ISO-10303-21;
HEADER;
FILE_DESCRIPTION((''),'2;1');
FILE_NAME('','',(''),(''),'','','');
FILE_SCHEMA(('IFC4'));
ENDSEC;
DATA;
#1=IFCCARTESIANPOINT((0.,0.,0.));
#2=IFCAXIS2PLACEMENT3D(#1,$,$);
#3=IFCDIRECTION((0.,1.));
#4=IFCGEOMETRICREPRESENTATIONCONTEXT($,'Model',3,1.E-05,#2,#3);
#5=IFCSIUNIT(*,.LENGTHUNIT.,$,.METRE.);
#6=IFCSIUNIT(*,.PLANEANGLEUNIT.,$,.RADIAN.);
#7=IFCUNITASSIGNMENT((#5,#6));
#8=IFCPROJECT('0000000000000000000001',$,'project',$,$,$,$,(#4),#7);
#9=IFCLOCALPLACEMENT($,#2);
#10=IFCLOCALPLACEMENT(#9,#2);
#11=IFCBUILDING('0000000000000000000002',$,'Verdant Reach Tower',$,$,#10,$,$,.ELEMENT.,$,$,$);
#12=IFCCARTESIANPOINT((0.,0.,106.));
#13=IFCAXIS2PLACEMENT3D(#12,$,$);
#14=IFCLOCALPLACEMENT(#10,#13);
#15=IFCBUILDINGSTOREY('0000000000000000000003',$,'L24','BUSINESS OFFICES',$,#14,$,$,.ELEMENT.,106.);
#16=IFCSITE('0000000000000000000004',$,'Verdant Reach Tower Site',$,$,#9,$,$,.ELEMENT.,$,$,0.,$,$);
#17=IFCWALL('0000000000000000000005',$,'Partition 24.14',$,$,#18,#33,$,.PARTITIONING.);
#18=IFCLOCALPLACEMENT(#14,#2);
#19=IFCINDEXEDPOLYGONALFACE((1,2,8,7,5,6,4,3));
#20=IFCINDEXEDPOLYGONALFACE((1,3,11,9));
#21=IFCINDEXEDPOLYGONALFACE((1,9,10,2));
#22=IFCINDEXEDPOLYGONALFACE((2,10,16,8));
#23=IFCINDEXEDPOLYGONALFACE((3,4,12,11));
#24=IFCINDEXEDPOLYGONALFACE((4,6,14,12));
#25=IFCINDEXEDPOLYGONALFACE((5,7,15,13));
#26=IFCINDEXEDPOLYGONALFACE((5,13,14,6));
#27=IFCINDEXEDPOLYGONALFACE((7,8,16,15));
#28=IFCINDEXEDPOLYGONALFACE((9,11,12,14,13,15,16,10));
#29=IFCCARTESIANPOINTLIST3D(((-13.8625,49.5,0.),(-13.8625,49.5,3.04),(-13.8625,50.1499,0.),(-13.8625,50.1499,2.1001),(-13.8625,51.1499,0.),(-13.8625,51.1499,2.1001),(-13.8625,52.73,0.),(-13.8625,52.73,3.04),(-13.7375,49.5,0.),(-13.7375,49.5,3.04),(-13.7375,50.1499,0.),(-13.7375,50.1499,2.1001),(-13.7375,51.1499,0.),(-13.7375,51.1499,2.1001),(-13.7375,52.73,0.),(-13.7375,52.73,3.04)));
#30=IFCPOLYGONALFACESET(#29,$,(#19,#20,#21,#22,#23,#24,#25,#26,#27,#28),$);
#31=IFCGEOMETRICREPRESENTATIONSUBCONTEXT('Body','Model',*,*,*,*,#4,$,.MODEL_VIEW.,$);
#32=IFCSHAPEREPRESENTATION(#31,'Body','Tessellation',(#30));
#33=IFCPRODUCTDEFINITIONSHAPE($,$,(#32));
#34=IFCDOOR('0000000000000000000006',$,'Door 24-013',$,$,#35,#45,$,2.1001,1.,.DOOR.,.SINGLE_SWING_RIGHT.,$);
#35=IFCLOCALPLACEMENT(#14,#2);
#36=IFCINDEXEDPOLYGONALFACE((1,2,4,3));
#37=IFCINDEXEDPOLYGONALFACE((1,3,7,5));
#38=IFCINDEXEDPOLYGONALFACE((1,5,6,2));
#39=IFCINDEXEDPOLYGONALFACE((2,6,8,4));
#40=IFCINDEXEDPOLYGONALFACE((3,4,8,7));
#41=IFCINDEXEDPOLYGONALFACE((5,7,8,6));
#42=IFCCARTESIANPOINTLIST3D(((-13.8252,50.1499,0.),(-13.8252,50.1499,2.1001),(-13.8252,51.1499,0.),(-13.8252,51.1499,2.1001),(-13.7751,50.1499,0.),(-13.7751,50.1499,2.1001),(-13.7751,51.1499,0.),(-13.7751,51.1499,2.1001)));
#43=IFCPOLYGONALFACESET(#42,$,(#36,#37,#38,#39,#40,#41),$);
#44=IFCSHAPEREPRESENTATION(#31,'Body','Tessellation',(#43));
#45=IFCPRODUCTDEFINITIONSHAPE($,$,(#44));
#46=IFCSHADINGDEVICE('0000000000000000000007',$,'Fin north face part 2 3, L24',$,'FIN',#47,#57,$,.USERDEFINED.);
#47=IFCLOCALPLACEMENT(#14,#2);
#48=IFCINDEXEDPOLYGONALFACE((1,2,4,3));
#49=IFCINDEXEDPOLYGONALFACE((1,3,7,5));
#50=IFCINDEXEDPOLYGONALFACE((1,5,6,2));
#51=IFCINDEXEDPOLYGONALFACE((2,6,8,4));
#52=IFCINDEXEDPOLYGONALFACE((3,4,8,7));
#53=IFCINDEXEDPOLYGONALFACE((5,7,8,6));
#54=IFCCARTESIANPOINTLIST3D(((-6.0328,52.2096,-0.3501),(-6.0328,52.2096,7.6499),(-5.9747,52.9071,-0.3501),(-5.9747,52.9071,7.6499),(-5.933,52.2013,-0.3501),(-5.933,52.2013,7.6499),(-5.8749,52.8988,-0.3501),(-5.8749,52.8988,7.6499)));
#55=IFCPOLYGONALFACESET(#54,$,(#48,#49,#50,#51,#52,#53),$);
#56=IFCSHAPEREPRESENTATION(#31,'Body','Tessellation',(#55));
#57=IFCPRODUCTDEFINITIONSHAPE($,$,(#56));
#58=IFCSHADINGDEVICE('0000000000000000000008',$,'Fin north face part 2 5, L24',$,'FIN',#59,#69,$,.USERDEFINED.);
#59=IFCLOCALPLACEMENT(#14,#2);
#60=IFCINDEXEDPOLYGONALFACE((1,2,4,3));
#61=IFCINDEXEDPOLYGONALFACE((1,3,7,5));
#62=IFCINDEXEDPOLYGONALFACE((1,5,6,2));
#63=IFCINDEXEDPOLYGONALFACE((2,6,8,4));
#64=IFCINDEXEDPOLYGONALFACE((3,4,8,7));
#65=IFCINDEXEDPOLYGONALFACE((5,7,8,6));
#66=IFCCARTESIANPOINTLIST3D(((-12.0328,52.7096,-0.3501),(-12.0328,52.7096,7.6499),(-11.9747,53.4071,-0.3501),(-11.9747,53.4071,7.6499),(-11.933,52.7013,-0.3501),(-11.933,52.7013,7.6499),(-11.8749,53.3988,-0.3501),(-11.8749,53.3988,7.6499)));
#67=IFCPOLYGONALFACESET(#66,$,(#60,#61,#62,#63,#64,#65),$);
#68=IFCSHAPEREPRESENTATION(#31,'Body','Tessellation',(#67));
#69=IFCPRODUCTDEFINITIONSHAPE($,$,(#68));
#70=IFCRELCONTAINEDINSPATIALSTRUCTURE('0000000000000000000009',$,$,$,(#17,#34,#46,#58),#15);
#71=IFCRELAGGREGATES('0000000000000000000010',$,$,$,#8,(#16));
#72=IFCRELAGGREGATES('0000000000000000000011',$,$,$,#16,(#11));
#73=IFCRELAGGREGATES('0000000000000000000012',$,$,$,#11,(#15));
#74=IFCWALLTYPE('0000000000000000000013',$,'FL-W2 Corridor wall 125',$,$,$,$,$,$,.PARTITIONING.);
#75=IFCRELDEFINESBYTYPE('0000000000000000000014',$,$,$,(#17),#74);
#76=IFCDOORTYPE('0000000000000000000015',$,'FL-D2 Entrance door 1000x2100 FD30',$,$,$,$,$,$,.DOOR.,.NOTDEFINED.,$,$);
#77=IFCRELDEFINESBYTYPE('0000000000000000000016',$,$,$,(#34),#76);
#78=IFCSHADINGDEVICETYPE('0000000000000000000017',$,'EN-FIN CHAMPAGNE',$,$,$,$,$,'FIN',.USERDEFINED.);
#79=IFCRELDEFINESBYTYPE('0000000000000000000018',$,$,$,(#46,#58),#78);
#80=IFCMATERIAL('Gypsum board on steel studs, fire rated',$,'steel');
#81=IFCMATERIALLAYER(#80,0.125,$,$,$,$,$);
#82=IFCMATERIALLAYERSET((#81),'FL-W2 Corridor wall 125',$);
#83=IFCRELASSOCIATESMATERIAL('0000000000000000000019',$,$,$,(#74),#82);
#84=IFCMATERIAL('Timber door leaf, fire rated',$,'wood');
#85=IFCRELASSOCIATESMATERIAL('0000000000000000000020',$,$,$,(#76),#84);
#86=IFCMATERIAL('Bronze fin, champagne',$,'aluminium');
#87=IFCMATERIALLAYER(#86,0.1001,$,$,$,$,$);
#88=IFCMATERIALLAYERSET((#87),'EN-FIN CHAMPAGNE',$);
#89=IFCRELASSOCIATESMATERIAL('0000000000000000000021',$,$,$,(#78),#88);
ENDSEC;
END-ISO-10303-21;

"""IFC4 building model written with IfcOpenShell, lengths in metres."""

from ifc_helpers import new_model, si_unit, direction, frame, frame_2d, origin, origin_2d, place, context, subcontext, project, spatial, rectangle, extrude, material, layer, layer_set, type_object, element, fill, save


model = new_model("IFC4")

# Units and contexts
model_context = context("Model", 3, precision=1e-05, world=origin(), true_north=direction((0.0, 1.0)))
body_context = subcontext(model_context, "Body", "Model", "MODEL_VIEW")
ifc_project = project(units=[si_unit("LENGTHUNIT", "METRE"), si_unit("PLANEANGLEUNIT", "RADIAN")], contexts=[model_context])

# Site, building, storey
site_placement = place(None, origin())
site = spatial("IfcSite", under=ifc_project, at=site_placement, Name="Verdant Reach Tower Site", CompositionType="ELEMENT", RefElevation=0.0)
building_placement = place(site_placement, origin())
building = spatial("IfcBuilding", under=site, at=building_placement, Name="Verdant Reach Tower", CompositionType="ELEMENT")
storey_placement = place(building_placement, frame((0.0, 0.0, 106.0)))
storey = spatial("IfcBuildingStorey", under=building, at=storey_placement, Name="L24", Description="BUSINESS OFFICES", CompositionType="ELEMENT", Elevation=106.0)

# Wall, opening, door
ifc_material_1 = material(Name="Gypsum board on steel studs, fire rated", Category="steel")
ifc_layer_1 = layer(ifc_material_1, 0.125)
ifc_layer_set_1 = layer_set([ifc_layer_1], Name="FL-W2 Corridor wall 125")
wall_type_1 = type_object("IfcWallType", Name="FL-W2 Corridor wall 125", PredefinedType="PARTITIONING", material=ifc_layer_set_1)
wall_1_placement = place(storey_placement, frame((-13.8, 52.73, 0.0), z_axis=(0.0, 0.0, 1.0), x_axis=(0.0, -1.0, 0.0)))
wall_1 = element("IfcWall", 1, at=wall_1_placement, inside=storey, type_object=wall_type_1, Name="Partition 24.14", PredefinedType="PARTITIONING", context=body_context, shape_type="SweptSolid", body=[
    extrude(rectangle(XDim=3.23, YDim=0.125, at=frame_2d((1.615, 0.0))), origin(), (0.0, 0.0, 1.0), 3.04),
])
opening_1_placement = place(wall_1_placement, frame((1.5801, 0.0, 0.0)))
opening_1 = element("IfcOpeningElement", 2, at=opening_1_placement, cuts=wall_1, PredefinedType="OPENING", context=body_context, shape_type="SweptSolid", body=[
    extrude(rectangle(XDim=1.0, YDim=2.1001, at=frame_2d((0.5, 1.05))), frame((0.0, 0.0725, 0.0), z_axis=(0.0, -1.0, 0.0), x_axis=(1.0, 0.0, 0.0)), (0.0, 0.0, 1.0), 0.145),
])
ifc_material_2 = material(Name="Timber door leaf, fire rated", Category="wood")
door_type_1 = type_object("IfcDoorType", Name="FL-D2 Entrance door 1000x2100 FD30", OperationType="NOTDEFINED", PredefinedType="DOOR", material=ifc_material_2)
door_1_placement = place(opening_1_placement, origin())
door_1 = element("IfcDoor", 3, at=door_1_placement, inside=storey, type_object=door_type_1, Name="Door 24-013", OperationType="SINGLE_SWING_RIGHT", OverallHeight=2.1001, OverallWidth=1.0, PredefinedType="DOOR", context=body_context, shape_type="SweptSolid", body=[
    extrude(rectangle(XDim=1.0, YDim=2.1001, at=frame_2d((0.5, 1.05))), frame((0.0, 0.0249, 0.0), z_axis=(0.0, -1.0, 0.0), x_axis=(1.0, 0.0, 0.0)), (0.0, 0.0, 1.0), 0.05),
])
fill(opening_1, door_1)

# Shading devices
ifc_material_3 = material(Name="Bronze fin, champagne", Category="aluminium")
ifc_layer_2 = layer(ifc_material_3, 0.1001)
ifc_layer_set_2 = layer_set([ifc_layer_2], Name="EN-FIN CHAMPAGNE")
shading_device_type = type_object("IfcShadingDeviceType", Name="EN-FIN CHAMPAGNE", ElementType="FIN", PredefinedType="USERDEFINED", material=ifc_layer_set_2)
for number, where, z_axis, x_axis, name in (
    (4, (-5.9539, 52.5542, -0.3501), (0.0, 0.0, 1.0), (-0.996546, 0.083045, 0.0), "Fin north face part 2 3, L24"),
    (5, (-11.9539, 53.0542, -0.3501), (0.0, 0.0, 1.0), (-0.996546, 0.083045, 0.0), "Fin north face part 2 5, L24"),
):
    element("IfcShadingDevice", number, at=place(storey_placement, frame(where, z_axis=z_axis, x_axis=x_axis)), inside=storey, type_object=shading_device_type, Name=name, ObjectType="FIN", PredefinedType="USERDEFINED", context=body_context, shape_type="SweptSolid", body=[
        extrude(rectangle(XDim=0.1001, YDim=0.7, at=origin_2d()), origin(), (0.0, 0.0, 1.0), 8.0),
    ])

save(model, "model.ifc")
